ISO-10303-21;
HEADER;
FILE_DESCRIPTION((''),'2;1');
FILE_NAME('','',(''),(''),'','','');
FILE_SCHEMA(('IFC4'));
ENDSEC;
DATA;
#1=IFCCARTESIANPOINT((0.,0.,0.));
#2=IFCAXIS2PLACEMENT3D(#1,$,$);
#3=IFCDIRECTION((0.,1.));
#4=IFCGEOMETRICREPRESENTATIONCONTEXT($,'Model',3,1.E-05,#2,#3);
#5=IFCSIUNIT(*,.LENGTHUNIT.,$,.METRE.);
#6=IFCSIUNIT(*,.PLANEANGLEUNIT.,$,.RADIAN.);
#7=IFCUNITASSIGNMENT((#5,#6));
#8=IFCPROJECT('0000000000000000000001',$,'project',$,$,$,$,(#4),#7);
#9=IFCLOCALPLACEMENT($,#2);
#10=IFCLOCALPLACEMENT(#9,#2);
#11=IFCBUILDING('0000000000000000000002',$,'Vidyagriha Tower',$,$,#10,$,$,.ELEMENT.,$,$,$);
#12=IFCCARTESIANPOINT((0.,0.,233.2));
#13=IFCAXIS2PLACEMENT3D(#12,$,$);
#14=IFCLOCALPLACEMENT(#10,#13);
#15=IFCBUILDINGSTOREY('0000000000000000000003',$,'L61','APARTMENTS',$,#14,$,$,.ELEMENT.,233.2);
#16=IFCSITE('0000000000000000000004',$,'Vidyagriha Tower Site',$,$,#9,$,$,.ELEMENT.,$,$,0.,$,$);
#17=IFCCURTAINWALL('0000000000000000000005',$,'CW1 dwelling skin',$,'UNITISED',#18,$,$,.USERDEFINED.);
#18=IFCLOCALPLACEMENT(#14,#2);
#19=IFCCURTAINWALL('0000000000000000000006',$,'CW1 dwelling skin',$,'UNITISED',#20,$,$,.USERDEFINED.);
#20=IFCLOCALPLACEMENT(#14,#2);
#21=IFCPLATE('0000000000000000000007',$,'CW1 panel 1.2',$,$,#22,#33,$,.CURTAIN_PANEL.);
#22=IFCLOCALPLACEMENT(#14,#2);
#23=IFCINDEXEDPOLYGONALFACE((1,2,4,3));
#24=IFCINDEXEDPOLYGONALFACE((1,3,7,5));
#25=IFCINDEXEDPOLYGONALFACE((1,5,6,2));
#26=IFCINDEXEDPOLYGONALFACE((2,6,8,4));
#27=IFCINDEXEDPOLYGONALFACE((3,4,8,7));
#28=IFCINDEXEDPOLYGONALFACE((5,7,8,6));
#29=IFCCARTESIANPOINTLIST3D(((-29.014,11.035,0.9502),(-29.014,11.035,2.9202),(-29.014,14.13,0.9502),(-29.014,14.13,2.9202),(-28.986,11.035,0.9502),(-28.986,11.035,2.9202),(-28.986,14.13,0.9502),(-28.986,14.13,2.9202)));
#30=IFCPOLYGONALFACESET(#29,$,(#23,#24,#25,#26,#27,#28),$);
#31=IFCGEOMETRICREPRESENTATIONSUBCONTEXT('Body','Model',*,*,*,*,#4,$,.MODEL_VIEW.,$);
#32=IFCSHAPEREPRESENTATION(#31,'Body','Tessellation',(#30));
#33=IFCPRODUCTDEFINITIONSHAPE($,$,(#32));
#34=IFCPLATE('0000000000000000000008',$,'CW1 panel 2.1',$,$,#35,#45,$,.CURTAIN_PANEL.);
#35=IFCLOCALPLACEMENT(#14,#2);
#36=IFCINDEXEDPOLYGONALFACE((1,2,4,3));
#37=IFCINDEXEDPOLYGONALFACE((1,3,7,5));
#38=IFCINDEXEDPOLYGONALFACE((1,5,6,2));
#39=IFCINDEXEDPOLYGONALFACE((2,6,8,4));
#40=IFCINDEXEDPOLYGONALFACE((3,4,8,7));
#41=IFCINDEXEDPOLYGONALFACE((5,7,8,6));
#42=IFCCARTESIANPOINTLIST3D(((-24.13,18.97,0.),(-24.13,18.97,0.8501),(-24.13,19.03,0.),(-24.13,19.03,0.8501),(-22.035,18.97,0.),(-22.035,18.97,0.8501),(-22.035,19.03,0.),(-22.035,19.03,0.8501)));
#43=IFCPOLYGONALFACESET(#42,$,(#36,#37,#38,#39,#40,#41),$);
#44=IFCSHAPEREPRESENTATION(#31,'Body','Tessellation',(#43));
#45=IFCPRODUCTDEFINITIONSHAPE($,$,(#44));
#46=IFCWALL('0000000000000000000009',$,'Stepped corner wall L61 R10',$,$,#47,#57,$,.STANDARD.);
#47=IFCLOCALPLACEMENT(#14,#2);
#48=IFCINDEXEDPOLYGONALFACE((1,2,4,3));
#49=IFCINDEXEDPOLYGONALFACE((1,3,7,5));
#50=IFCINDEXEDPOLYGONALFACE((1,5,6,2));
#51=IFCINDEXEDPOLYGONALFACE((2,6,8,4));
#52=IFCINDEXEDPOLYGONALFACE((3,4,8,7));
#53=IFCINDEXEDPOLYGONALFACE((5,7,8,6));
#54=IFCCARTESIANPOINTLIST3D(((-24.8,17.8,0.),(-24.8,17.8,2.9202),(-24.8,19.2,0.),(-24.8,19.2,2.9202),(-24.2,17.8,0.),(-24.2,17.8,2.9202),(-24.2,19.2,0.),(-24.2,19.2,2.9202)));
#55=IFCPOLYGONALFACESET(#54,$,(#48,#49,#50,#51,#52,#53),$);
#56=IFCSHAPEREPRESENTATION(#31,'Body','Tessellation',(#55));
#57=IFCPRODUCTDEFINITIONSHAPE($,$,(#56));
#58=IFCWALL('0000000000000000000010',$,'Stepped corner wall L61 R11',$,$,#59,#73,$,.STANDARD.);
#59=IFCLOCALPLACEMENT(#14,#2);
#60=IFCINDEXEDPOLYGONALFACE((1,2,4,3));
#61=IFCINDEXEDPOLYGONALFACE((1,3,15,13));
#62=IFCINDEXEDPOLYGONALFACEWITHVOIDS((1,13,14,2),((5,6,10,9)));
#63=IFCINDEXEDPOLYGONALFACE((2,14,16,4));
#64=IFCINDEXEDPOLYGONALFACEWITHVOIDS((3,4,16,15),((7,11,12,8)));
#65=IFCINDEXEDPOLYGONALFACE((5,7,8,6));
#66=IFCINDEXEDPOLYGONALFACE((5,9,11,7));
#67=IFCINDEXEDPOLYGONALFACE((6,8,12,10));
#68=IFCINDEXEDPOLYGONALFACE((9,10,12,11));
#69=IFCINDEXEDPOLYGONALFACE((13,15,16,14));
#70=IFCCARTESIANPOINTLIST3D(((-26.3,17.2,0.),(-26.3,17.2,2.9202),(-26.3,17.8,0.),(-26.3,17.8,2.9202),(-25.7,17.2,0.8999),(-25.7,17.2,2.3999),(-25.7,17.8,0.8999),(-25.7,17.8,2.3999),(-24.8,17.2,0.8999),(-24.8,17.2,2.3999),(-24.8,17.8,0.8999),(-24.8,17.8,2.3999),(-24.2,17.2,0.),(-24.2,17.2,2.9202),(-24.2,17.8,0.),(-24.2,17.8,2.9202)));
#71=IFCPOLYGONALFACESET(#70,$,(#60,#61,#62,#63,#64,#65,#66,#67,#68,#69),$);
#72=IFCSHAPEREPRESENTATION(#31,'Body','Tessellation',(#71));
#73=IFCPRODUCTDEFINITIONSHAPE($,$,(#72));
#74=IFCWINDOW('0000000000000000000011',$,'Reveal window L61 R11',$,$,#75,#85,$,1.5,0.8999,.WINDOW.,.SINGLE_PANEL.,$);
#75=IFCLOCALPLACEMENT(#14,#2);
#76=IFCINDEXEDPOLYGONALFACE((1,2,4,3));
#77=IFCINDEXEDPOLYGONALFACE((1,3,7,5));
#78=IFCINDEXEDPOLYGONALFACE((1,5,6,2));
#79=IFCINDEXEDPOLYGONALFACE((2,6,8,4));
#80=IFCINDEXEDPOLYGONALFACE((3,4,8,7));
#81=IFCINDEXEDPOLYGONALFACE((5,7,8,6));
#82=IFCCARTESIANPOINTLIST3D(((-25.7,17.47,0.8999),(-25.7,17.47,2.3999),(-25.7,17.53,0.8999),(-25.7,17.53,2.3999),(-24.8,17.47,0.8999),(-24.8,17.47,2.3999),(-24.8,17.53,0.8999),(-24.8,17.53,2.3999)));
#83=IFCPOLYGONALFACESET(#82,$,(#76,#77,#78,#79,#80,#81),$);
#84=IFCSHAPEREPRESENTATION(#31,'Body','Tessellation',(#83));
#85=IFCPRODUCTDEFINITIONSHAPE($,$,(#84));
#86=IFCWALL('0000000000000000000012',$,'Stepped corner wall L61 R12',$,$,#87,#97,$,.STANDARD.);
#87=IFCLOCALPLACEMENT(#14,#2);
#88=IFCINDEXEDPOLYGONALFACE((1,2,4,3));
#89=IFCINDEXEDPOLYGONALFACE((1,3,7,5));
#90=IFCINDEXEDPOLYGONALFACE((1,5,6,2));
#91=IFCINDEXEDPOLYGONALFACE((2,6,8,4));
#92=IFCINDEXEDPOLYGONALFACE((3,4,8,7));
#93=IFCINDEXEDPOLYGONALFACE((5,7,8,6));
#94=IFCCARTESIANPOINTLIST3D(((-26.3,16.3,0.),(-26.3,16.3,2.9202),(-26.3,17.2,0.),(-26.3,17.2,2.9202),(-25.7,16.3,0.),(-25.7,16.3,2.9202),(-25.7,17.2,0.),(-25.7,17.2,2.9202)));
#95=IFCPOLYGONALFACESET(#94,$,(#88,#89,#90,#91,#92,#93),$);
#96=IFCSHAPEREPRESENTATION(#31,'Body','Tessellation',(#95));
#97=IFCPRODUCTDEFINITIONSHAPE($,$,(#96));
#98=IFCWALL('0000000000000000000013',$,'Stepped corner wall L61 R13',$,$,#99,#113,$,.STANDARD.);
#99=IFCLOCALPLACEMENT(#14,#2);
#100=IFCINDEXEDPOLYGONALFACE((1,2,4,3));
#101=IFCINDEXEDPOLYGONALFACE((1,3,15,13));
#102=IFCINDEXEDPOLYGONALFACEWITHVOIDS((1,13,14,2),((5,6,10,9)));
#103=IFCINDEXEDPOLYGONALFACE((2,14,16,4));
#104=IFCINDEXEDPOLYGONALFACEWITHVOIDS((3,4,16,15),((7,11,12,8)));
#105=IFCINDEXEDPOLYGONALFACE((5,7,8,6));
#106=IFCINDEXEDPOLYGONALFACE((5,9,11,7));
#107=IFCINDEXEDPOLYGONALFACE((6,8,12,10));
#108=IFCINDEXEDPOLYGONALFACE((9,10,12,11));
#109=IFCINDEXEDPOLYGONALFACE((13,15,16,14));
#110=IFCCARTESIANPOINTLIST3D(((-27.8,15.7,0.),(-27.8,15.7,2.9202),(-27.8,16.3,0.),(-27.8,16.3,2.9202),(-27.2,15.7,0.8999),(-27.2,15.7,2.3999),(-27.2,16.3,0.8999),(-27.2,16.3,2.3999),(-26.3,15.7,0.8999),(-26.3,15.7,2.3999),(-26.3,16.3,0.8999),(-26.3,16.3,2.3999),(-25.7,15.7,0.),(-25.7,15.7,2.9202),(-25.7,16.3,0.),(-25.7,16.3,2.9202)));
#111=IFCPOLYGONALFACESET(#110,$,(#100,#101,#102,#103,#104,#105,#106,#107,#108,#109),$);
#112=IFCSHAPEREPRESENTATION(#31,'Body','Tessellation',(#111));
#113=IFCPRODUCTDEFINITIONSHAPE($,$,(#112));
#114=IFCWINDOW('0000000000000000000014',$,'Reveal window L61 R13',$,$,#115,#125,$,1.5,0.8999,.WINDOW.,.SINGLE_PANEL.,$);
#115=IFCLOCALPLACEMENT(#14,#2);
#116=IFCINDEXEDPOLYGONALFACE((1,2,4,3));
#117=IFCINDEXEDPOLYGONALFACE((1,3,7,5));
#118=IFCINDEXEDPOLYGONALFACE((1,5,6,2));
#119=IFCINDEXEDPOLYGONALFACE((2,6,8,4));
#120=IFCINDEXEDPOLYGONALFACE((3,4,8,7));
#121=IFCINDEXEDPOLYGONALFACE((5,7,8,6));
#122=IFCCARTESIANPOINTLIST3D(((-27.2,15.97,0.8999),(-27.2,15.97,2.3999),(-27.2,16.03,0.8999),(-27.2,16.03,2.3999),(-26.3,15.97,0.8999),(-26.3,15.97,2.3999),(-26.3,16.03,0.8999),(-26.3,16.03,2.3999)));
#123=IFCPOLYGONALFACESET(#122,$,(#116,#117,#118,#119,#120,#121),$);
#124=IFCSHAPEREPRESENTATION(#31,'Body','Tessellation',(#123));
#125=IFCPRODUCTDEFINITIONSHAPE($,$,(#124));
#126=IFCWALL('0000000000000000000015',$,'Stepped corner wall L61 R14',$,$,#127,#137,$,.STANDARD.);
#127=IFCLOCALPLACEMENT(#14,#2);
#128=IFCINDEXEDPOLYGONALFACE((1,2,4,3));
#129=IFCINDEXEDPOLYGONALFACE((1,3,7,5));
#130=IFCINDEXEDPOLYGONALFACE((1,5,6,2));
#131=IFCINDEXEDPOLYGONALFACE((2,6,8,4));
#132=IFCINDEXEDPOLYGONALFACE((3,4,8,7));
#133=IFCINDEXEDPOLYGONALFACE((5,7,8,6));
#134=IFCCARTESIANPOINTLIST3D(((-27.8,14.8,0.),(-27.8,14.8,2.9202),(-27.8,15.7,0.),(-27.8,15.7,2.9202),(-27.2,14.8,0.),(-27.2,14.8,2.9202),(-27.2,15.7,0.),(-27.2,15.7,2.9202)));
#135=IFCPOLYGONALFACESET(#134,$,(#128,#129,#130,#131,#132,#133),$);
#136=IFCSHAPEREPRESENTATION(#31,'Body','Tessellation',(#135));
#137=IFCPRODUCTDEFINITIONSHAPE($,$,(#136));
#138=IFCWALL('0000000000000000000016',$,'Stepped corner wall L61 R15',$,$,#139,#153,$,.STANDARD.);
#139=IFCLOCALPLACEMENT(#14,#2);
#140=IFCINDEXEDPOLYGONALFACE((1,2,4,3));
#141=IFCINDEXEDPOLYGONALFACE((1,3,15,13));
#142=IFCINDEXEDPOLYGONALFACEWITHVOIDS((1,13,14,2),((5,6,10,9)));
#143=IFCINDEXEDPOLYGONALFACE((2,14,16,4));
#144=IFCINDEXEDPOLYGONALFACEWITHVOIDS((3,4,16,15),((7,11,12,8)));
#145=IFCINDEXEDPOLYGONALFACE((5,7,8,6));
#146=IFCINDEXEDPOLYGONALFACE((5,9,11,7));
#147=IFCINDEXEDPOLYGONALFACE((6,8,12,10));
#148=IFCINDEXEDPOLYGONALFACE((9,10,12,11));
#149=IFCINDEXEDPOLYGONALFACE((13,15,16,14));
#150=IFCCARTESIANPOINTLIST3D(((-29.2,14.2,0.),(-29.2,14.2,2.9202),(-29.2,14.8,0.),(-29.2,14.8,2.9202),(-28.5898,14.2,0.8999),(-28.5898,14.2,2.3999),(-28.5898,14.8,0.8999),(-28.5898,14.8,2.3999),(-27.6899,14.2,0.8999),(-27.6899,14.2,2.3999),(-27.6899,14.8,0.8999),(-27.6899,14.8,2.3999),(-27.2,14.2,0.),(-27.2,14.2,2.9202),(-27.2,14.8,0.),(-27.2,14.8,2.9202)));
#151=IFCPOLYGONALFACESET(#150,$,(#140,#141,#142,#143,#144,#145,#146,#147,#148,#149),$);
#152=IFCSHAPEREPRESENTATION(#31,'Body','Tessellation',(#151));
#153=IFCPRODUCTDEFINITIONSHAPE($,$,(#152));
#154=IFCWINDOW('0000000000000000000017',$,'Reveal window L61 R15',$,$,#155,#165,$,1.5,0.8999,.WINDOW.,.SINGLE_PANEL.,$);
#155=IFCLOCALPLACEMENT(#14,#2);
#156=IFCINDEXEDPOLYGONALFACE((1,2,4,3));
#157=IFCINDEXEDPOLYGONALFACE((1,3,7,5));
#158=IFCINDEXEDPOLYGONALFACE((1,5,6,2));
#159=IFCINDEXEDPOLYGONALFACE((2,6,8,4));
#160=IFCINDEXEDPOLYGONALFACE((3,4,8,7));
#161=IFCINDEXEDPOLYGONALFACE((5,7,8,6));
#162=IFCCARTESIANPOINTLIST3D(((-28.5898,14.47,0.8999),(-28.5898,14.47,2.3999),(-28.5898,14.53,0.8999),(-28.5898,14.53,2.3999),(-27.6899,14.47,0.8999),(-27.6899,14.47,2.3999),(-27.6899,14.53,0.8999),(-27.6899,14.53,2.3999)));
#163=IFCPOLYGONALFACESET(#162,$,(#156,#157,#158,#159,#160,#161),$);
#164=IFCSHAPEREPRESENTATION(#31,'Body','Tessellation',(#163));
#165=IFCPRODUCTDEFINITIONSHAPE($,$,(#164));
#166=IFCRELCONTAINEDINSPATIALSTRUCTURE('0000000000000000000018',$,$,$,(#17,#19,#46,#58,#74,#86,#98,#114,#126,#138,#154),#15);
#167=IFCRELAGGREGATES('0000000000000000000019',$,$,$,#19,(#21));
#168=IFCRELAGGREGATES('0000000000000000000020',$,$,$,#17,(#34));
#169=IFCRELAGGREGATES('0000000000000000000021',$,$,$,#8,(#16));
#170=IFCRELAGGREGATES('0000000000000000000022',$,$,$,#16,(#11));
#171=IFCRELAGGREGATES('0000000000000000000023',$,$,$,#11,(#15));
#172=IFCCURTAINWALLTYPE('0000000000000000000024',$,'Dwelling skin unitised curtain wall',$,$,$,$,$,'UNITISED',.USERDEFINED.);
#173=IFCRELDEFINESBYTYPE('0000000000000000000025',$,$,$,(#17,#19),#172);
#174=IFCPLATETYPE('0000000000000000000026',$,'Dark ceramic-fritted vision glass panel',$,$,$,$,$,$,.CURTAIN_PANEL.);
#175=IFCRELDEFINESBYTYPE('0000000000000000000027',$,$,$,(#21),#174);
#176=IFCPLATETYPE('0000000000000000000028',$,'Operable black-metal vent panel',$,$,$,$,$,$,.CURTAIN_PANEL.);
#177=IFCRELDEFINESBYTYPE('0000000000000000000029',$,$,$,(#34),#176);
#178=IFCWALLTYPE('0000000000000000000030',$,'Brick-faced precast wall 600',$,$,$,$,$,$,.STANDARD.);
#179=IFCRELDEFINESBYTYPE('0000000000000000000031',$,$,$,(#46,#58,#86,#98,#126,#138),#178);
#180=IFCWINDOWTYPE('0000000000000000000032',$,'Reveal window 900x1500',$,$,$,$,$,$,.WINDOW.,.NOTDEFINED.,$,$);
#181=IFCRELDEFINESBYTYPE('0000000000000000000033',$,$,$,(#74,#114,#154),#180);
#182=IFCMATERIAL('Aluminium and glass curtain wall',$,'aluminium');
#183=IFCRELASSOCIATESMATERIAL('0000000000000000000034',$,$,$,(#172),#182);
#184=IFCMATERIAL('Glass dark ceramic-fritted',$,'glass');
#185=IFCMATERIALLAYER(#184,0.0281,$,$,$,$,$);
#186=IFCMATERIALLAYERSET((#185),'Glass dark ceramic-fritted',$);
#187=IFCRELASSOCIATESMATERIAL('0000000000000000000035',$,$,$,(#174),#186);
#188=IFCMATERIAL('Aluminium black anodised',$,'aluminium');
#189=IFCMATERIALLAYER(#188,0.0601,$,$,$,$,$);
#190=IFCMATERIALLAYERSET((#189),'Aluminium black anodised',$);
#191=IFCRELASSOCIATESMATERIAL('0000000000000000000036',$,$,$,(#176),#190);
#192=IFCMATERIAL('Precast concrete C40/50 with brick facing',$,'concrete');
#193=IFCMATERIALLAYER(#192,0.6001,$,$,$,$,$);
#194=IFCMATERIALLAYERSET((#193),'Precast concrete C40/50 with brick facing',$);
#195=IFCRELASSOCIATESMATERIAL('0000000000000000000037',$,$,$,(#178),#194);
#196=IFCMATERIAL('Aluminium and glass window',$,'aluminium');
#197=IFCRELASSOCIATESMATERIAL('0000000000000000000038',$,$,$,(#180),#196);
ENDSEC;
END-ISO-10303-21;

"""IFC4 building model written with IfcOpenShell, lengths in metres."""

from ifc_helpers import new_model, si_unit, direction, frame, frame_2d, origin, origin_2d, place, context, subcontext, project, spatial, rectangle, extrude, material, layer, layer_set, type_object, element, fill, aggregate, save


model = new_model("IFC4")

# Units and contexts
model_context = context("Model", 3, precision=1e-05, world=origin(), true_north=direction((0.0, 1.0)))
body_context = subcontext(model_context, "Body", "Model", "MODEL_VIEW")
ifc_project = project(units=[si_unit("LENGTHUNIT", "METRE"), si_unit("PLANEANGLEUNIT", "RADIAN")], contexts=[model_context])

# Site, building, storey
site_placement = place(None, origin())
site = spatial("IfcSite", under=ifc_project, at=site_placement, Name="Vidyagriha Tower Site", CompositionType="ELEMENT", RefElevation=0.0)
building_placement = place(site_placement, origin())
building = spatial("IfcBuilding", under=site, at=building_placement, Name="Vidyagriha Tower", CompositionType="ELEMENT")
storey_placement = place(building_placement, frame((0.0, 0.0, 233.2)))
storey = spatial("IfcBuildingStorey", under=building, at=storey_placement, Name="L61", Description="APARTMENTS", CompositionType="ELEMENT", Elevation=233.2)

# Curtain wall
ifc_material_1 = material(Name="Aluminium and glass curtain wall", Category="aluminium")
curtain_wall_type = type_object("IfcCurtainWallType", Name="Dwelling skin unitised curtain wall", ElementType="UNITISED", PredefinedType="USERDEFINED", material=ifc_material_1)
curtain_wall_1_placement = place(storey_placement, origin())
curtain_wall_1 = element("IfcCurtainWall", 1, at=curtain_wall_1_placement, inside=storey, type_object=curtain_wall_type, Name="CW1 dwelling skin", ObjectType="UNITISED", PredefinedType="USERDEFINED")

# Curtain wall
curtain_wall_2_placement = place(storey_placement, origin())
curtain_wall_2 = element("IfcCurtainWall", 2, at=curtain_wall_2_placement, inside=storey, type_object=curtain_wall_type, Name="CW1 dwelling skin", ObjectType="UNITISED", PredefinedType="USERDEFINED")

# Plates
ifc_material_2 = material(Name="Glass dark ceramic-fritted", Category="glass")
ifc_layer_1 = layer(ifc_material_2, 0.0281)
ifc_layer_set_1 = layer_set([ifc_layer_1], Name="Glass dark ceramic-fritted")
plate_type_1 = type_object("IfcPlateType", Name="Dark ceramic-fritted vision glass panel", PredefinedType="CURTAIN_PANEL", material=ifc_layer_set_1)
plate_1_placement = place(storey_placement, frame((-29.0, 12.5825, 0.9502), z_axis=(0.0, 0.0, 1.0), x_axis=(0.0, -1.0, 0.0)))
plate_1 = element("IfcPlate", 3, at=plate_1_placement, type_object=plate_type_1, Name="CW1 panel 1.2", PredefinedType="CURTAIN_PANEL", context=body_context, shape_type="SweptSolid", body=[
    extrude(rectangle(XDim=3.095, YDim=0.0281, at=origin_2d()), origin(), (0.0, 0.0, 1.0), 1.97),
])
aggregate(curtain_wall_2, [plate_1])
ifc_material_3 = material(Name="Aluminium black anodised", Category="aluminium")
ifc_layer_2 = layer(ifc_material_3, 0.0601)
ifc_layer_set_2 = layer_set([ifc_layer_2], Name="Aluminium black anodised")
plate_type_2 = type_object("IfcPlateType", Name="Operable black-metal vent panel", PredefinedType="CURTAIN_PANEL", material=ifc_layer_set_2)
plate_2_placement = place(storey_placement, frame((-23.0825, 19.0, 0.0), z_axis=(0.0, 0.0, 1.0), x_axis=(-1.0, 0.0, 0.0)))
plate_2 = element("IfcPlate", 4, at=plate_2_placement, type_object=plate_type_2, Name="CW1 panel 2.1", PredefinedType="CURTAIN_PANEL", context=body_context, shape_type="SweptSolid", body=[
    extrude(rectangle(XDim=2.095, YDim=0.0601, at=origin_2d()), origin(), (0.0, 0.0, 1.0), 0.8501),
])
aggregate(curtain_wall_1, [plate_2])

# Wall
ifc_material_4 = material(Name="Precast concrete C40/50 with brick facing", Category="concrete")
ifc_layer_3 = layer(ifc_material_4, 0.6001)
ifc_layer_set_3 = layer_set([ifc_layer_3], Name="Precast concrete C40/50 with brick facing")
wall_type_1 = type_object("IfcWallType", Name="Brick-faced precast wall 600", PredefinedType="STANDARD", material=ifc_layer_set_3)
wall_1_placement = place(storey_placement, frame((-24.5, 19.2, 0.0), z_axis=(0.0, 0.0, 1.0), x_axis=(0.0, -1.0, 0.0)))
element("IfcWall", 5, at=wall_1_placement, inside=storey, type_object=wall_type_1, Name="Stepped corner wall L61 R10", PredefinedType="STANDARD", context=body_context, shape_type="SweptSolid", body=[
    extrude(rectangle(XDim=1.3999, YDim=0.6001, at=frame_2d((0.7, 0.0))), origin(), (0.0, 0.0, 1.0), 2.9202),
])

# Wall, opening, window
wall_2_placement = place(storey_placement, frame((-24.2, 17.5, 0.0), z_axis=(0.0, 0.0, 1.0), x_axis=(-1.0, 0.0, 0.0)))
wall_2 = element("IfcWall", 6, at=wall_2_placement, inside=storey, type_object=wall_type_1, Name="Stepped corner wall L61 R11", PredefinedType="STANDARD", context=body_context, shape_type="SweptSolid", body=[
    extrude(rectangle(XDim=2.1001, YDim=0.6001, at=frame_2d((1.05, 0.0))), origin(), (0.0, 0.0, 1.0), 2.9202),
])
opening_1_placement = place(wall_2_placement, frame((0.6001, 0.0, 0.8999)))
opening_1 = element("IfcOpeningElement", 7, at=opening_1_placement, cuts=wall_2, PredefinedType="OPENING", context=body_context, shape_type="SweptSolid", body=[
    extrude(rectangle(XDim=0.8999, YDim=1.5, at=frame_2d((0.45, 0.75))), frame((0.0, 0.3101, 0.0), z_axis=(0.0, -1.0, 0.0), x_axis=(1.0, 0.0, 0.0)), (0.0, 0.0, 1.0), 0.6201),
])
ifc_material_5 = material(Name="Aluminium and glass window", Category="aluminium")
window_type = type_object("IfcWindowType", Name="Reveal window 900x1500", PartitioningType="NOTDEFINED", PredefinedType="WINDOW", material=ifc_material_5)
window_1_placement = place(opening_1_placement, origin())
window_1 = element("IfcWindow", 8, at=window_1_placement, inside=storey, type_object=window_type, Name="Reveal window L61 R11", OverallHeight=1.5, OverallWidth=0.8999, PartitioningType="SINGLE_PANEL", PredefinedType="WINDOW", context=body_context, shape_type="SweptSolid", body=[
    extrude(rectangle(XDim=0.8999, YDim=1.5, at=frame_2d((0.45, 0.75))), frame((0.0, 0.03, 0.0), z_axis=(0.0, -1.0, 0.0), x_axis=(1.0, 0.0, 0.0)), (0.0, 0.0, 1.0), 0.0601),
])
fill(opening_1, window_1)

# Wall
wall_3_placement = place(storey_placement, frame((-26.0, 17.2, 0.0), z_axis=(0.0, 0.0, 1.0), x_axis=(0.0, -1.0, 0.0)))
element("IfcWall", 9, at=wall_3_placement, inside=storey, type_object=wall_type_1, Name="Stepped corner wall L61 R12", PredefinedType="STANDARD", context=body_context, shape_type="SweptSolid", body=[
    extrude(rectangle(XDim=0.8999, YDim=0.6001, at=frame_2d((0.45, 0.0))), origin(), (0.0, 0.0, 1.0), 2.9202),
])

# Wall, opening, window
wall_4_placement = place(storey_placement, frame((-25.7, 16.0, 0.0), z_axis=(0.0, 0.0, 1.0), x_axis=(-1.0, 0.0, 0.0)))
wall_4 = element("IfcWall", 10, at=wall_4_placement, inside=storey, type_object=wall_type_1, Name="Stepped corner wall L61 R13", PredefinedType="STANDARD", context=body_context, shape_type="SweptSolid", body=[
    extrude(rectangle(XDim=2.1001, YDim=0.6001, at=frame_2d((1.05, 0.0))), origin(), (0.0, 0.0, 1.0), 2.9202),
])
opening_2_placement = place(wall_4_placement, frame((0.6001, 0.0, 0.8999)))
opening_2 = element("IfcOpeningElement", 11, at=opening_2_placement, cuts=wall_4, PredefinedType="OPENING", context=body_context, shape_type="SweptSolid", body=[
    extrude(rectangle(XDim=0.8999, YDim=1.5, at=frame_2d((0.45, 0.75))), frame((0.0, 0.3101, 0.0), z_axis=(0.0, -1.0, 0.0), x_axis=(1.0, 0.0, 0.0)), (0.0, 0.0, 1.0), 0.6201),
])
window_2_placement = place(opening_2_placement, origin())
window_2 = element("IfcWindow", 12, at=window_2_placement, inside=storey, type_object=window_type, Name="Reveal window L61 R13", OverallHeight=1.5, OverallWidth=0.8999, PartitioningType="SINGLE_PANEL", PredefinedType="WINDOW", context=body_context, shape_type="SweptSolid", body=[
    extrude(rectangle(XDim=0.8999, YDim=1.5, at=frame_2d((0.45, 0.75))), frame((0.0, 0.03, 0.0), z_axis=(0.0, -1.0, 0.0), x_axis=(1.0, 0.0, 0.0)), (0.0, 0.0, 1.0), 0.0601),
])
fill(opening_2, window_2)

# Wall
wall_5_placement = place(storey_placement, frame((-27.5, 15.7, 0.0), z_axis=(0.0, 0.0, 1.0), x_axis=(0.0, -1.0, 0.0)))
element("IfcWall", 13, at=wall_5_placement, inside=storey, type_object=wall_type_1, Name="Stepped corner wall L61 R14", PredefinedType="STANDARD", context=body_context, shape_type="SweptSolid", body=[
    extrude(rectangle(XDim=0.8999, YDim=0.6001, at=frame_2d((0.45, 0.0))), origin(), (0.0, 0.0, 1.0), 2.9202),
])

# Wall, opening, window
wall_6_placement = place(storey_placement, frame((-27.2, 14.5, 0.0), z_axis=(0.0, 0.0, 1.0), x_axis=(-1.0, 0.0, 0.0)))
wall_6 = element("IfcWall", 14, at=wall_6_placement, inside=storey, type_object=wall_type_1, Name="Stepped corner wall L61 R15", PredefinedType="STANDARD", context=body_context, shape_type="SweptSolid", body=[
    extrude(rectangle(XDim=2.0, YDim=0.6001, at=frame_2d((1.0, 0.0))), origin(), (0.0, 0.0, 1.0), 2.9202),
])
opening_3_placement = place(wall_6_placement, frame((0.49, 0.0, 0.8999)))
opening_3 = element("IfcOpeningElement", 15, at=opening_3_placement, cuts=wall_6, PredefinedType="OPENING", context=body_context, shape_type="SweptSolid", body=[
    extrude(rectangle(XDim=0.8999, YDim=1.5, at=frame_2d((0.45, 0.75))), frame((0.0, 0.3101, 0.0), z_axis=(0.0, -1.0, 0.0), x_axis=(1.0, 0.0, 0.0)), (0.0, 0.0, 1.0), 0.6201),
])
window_3_placement = place(opening_3_placement, origin())
window_3 = element("IfcWindow", 16, at=window_3_placement, inside=storey, type_object=window_type, Name="Reveal window L61 R15", OverallHeight=1.5, OverallWidth=0.8999, PartitioningType="SINGLE_PANEL", PredefinedType="WINDOW", context=body_context, shape_type="SweptSolid", body=[
    extrude(rectangle(XDim=0.8999, YDim=1.5, at=frame_2d((0.45, 0.75))), frame((0.0, 0.03, 0.0), z_axis=(0.0, -1.0, 0.0), x_axis=(1.0, 0.0, 0.0)), (0.0, 0.0, 1.0), 0.0601),
])
fill(opening_3, window_3)

save(model, "model.ifc")
